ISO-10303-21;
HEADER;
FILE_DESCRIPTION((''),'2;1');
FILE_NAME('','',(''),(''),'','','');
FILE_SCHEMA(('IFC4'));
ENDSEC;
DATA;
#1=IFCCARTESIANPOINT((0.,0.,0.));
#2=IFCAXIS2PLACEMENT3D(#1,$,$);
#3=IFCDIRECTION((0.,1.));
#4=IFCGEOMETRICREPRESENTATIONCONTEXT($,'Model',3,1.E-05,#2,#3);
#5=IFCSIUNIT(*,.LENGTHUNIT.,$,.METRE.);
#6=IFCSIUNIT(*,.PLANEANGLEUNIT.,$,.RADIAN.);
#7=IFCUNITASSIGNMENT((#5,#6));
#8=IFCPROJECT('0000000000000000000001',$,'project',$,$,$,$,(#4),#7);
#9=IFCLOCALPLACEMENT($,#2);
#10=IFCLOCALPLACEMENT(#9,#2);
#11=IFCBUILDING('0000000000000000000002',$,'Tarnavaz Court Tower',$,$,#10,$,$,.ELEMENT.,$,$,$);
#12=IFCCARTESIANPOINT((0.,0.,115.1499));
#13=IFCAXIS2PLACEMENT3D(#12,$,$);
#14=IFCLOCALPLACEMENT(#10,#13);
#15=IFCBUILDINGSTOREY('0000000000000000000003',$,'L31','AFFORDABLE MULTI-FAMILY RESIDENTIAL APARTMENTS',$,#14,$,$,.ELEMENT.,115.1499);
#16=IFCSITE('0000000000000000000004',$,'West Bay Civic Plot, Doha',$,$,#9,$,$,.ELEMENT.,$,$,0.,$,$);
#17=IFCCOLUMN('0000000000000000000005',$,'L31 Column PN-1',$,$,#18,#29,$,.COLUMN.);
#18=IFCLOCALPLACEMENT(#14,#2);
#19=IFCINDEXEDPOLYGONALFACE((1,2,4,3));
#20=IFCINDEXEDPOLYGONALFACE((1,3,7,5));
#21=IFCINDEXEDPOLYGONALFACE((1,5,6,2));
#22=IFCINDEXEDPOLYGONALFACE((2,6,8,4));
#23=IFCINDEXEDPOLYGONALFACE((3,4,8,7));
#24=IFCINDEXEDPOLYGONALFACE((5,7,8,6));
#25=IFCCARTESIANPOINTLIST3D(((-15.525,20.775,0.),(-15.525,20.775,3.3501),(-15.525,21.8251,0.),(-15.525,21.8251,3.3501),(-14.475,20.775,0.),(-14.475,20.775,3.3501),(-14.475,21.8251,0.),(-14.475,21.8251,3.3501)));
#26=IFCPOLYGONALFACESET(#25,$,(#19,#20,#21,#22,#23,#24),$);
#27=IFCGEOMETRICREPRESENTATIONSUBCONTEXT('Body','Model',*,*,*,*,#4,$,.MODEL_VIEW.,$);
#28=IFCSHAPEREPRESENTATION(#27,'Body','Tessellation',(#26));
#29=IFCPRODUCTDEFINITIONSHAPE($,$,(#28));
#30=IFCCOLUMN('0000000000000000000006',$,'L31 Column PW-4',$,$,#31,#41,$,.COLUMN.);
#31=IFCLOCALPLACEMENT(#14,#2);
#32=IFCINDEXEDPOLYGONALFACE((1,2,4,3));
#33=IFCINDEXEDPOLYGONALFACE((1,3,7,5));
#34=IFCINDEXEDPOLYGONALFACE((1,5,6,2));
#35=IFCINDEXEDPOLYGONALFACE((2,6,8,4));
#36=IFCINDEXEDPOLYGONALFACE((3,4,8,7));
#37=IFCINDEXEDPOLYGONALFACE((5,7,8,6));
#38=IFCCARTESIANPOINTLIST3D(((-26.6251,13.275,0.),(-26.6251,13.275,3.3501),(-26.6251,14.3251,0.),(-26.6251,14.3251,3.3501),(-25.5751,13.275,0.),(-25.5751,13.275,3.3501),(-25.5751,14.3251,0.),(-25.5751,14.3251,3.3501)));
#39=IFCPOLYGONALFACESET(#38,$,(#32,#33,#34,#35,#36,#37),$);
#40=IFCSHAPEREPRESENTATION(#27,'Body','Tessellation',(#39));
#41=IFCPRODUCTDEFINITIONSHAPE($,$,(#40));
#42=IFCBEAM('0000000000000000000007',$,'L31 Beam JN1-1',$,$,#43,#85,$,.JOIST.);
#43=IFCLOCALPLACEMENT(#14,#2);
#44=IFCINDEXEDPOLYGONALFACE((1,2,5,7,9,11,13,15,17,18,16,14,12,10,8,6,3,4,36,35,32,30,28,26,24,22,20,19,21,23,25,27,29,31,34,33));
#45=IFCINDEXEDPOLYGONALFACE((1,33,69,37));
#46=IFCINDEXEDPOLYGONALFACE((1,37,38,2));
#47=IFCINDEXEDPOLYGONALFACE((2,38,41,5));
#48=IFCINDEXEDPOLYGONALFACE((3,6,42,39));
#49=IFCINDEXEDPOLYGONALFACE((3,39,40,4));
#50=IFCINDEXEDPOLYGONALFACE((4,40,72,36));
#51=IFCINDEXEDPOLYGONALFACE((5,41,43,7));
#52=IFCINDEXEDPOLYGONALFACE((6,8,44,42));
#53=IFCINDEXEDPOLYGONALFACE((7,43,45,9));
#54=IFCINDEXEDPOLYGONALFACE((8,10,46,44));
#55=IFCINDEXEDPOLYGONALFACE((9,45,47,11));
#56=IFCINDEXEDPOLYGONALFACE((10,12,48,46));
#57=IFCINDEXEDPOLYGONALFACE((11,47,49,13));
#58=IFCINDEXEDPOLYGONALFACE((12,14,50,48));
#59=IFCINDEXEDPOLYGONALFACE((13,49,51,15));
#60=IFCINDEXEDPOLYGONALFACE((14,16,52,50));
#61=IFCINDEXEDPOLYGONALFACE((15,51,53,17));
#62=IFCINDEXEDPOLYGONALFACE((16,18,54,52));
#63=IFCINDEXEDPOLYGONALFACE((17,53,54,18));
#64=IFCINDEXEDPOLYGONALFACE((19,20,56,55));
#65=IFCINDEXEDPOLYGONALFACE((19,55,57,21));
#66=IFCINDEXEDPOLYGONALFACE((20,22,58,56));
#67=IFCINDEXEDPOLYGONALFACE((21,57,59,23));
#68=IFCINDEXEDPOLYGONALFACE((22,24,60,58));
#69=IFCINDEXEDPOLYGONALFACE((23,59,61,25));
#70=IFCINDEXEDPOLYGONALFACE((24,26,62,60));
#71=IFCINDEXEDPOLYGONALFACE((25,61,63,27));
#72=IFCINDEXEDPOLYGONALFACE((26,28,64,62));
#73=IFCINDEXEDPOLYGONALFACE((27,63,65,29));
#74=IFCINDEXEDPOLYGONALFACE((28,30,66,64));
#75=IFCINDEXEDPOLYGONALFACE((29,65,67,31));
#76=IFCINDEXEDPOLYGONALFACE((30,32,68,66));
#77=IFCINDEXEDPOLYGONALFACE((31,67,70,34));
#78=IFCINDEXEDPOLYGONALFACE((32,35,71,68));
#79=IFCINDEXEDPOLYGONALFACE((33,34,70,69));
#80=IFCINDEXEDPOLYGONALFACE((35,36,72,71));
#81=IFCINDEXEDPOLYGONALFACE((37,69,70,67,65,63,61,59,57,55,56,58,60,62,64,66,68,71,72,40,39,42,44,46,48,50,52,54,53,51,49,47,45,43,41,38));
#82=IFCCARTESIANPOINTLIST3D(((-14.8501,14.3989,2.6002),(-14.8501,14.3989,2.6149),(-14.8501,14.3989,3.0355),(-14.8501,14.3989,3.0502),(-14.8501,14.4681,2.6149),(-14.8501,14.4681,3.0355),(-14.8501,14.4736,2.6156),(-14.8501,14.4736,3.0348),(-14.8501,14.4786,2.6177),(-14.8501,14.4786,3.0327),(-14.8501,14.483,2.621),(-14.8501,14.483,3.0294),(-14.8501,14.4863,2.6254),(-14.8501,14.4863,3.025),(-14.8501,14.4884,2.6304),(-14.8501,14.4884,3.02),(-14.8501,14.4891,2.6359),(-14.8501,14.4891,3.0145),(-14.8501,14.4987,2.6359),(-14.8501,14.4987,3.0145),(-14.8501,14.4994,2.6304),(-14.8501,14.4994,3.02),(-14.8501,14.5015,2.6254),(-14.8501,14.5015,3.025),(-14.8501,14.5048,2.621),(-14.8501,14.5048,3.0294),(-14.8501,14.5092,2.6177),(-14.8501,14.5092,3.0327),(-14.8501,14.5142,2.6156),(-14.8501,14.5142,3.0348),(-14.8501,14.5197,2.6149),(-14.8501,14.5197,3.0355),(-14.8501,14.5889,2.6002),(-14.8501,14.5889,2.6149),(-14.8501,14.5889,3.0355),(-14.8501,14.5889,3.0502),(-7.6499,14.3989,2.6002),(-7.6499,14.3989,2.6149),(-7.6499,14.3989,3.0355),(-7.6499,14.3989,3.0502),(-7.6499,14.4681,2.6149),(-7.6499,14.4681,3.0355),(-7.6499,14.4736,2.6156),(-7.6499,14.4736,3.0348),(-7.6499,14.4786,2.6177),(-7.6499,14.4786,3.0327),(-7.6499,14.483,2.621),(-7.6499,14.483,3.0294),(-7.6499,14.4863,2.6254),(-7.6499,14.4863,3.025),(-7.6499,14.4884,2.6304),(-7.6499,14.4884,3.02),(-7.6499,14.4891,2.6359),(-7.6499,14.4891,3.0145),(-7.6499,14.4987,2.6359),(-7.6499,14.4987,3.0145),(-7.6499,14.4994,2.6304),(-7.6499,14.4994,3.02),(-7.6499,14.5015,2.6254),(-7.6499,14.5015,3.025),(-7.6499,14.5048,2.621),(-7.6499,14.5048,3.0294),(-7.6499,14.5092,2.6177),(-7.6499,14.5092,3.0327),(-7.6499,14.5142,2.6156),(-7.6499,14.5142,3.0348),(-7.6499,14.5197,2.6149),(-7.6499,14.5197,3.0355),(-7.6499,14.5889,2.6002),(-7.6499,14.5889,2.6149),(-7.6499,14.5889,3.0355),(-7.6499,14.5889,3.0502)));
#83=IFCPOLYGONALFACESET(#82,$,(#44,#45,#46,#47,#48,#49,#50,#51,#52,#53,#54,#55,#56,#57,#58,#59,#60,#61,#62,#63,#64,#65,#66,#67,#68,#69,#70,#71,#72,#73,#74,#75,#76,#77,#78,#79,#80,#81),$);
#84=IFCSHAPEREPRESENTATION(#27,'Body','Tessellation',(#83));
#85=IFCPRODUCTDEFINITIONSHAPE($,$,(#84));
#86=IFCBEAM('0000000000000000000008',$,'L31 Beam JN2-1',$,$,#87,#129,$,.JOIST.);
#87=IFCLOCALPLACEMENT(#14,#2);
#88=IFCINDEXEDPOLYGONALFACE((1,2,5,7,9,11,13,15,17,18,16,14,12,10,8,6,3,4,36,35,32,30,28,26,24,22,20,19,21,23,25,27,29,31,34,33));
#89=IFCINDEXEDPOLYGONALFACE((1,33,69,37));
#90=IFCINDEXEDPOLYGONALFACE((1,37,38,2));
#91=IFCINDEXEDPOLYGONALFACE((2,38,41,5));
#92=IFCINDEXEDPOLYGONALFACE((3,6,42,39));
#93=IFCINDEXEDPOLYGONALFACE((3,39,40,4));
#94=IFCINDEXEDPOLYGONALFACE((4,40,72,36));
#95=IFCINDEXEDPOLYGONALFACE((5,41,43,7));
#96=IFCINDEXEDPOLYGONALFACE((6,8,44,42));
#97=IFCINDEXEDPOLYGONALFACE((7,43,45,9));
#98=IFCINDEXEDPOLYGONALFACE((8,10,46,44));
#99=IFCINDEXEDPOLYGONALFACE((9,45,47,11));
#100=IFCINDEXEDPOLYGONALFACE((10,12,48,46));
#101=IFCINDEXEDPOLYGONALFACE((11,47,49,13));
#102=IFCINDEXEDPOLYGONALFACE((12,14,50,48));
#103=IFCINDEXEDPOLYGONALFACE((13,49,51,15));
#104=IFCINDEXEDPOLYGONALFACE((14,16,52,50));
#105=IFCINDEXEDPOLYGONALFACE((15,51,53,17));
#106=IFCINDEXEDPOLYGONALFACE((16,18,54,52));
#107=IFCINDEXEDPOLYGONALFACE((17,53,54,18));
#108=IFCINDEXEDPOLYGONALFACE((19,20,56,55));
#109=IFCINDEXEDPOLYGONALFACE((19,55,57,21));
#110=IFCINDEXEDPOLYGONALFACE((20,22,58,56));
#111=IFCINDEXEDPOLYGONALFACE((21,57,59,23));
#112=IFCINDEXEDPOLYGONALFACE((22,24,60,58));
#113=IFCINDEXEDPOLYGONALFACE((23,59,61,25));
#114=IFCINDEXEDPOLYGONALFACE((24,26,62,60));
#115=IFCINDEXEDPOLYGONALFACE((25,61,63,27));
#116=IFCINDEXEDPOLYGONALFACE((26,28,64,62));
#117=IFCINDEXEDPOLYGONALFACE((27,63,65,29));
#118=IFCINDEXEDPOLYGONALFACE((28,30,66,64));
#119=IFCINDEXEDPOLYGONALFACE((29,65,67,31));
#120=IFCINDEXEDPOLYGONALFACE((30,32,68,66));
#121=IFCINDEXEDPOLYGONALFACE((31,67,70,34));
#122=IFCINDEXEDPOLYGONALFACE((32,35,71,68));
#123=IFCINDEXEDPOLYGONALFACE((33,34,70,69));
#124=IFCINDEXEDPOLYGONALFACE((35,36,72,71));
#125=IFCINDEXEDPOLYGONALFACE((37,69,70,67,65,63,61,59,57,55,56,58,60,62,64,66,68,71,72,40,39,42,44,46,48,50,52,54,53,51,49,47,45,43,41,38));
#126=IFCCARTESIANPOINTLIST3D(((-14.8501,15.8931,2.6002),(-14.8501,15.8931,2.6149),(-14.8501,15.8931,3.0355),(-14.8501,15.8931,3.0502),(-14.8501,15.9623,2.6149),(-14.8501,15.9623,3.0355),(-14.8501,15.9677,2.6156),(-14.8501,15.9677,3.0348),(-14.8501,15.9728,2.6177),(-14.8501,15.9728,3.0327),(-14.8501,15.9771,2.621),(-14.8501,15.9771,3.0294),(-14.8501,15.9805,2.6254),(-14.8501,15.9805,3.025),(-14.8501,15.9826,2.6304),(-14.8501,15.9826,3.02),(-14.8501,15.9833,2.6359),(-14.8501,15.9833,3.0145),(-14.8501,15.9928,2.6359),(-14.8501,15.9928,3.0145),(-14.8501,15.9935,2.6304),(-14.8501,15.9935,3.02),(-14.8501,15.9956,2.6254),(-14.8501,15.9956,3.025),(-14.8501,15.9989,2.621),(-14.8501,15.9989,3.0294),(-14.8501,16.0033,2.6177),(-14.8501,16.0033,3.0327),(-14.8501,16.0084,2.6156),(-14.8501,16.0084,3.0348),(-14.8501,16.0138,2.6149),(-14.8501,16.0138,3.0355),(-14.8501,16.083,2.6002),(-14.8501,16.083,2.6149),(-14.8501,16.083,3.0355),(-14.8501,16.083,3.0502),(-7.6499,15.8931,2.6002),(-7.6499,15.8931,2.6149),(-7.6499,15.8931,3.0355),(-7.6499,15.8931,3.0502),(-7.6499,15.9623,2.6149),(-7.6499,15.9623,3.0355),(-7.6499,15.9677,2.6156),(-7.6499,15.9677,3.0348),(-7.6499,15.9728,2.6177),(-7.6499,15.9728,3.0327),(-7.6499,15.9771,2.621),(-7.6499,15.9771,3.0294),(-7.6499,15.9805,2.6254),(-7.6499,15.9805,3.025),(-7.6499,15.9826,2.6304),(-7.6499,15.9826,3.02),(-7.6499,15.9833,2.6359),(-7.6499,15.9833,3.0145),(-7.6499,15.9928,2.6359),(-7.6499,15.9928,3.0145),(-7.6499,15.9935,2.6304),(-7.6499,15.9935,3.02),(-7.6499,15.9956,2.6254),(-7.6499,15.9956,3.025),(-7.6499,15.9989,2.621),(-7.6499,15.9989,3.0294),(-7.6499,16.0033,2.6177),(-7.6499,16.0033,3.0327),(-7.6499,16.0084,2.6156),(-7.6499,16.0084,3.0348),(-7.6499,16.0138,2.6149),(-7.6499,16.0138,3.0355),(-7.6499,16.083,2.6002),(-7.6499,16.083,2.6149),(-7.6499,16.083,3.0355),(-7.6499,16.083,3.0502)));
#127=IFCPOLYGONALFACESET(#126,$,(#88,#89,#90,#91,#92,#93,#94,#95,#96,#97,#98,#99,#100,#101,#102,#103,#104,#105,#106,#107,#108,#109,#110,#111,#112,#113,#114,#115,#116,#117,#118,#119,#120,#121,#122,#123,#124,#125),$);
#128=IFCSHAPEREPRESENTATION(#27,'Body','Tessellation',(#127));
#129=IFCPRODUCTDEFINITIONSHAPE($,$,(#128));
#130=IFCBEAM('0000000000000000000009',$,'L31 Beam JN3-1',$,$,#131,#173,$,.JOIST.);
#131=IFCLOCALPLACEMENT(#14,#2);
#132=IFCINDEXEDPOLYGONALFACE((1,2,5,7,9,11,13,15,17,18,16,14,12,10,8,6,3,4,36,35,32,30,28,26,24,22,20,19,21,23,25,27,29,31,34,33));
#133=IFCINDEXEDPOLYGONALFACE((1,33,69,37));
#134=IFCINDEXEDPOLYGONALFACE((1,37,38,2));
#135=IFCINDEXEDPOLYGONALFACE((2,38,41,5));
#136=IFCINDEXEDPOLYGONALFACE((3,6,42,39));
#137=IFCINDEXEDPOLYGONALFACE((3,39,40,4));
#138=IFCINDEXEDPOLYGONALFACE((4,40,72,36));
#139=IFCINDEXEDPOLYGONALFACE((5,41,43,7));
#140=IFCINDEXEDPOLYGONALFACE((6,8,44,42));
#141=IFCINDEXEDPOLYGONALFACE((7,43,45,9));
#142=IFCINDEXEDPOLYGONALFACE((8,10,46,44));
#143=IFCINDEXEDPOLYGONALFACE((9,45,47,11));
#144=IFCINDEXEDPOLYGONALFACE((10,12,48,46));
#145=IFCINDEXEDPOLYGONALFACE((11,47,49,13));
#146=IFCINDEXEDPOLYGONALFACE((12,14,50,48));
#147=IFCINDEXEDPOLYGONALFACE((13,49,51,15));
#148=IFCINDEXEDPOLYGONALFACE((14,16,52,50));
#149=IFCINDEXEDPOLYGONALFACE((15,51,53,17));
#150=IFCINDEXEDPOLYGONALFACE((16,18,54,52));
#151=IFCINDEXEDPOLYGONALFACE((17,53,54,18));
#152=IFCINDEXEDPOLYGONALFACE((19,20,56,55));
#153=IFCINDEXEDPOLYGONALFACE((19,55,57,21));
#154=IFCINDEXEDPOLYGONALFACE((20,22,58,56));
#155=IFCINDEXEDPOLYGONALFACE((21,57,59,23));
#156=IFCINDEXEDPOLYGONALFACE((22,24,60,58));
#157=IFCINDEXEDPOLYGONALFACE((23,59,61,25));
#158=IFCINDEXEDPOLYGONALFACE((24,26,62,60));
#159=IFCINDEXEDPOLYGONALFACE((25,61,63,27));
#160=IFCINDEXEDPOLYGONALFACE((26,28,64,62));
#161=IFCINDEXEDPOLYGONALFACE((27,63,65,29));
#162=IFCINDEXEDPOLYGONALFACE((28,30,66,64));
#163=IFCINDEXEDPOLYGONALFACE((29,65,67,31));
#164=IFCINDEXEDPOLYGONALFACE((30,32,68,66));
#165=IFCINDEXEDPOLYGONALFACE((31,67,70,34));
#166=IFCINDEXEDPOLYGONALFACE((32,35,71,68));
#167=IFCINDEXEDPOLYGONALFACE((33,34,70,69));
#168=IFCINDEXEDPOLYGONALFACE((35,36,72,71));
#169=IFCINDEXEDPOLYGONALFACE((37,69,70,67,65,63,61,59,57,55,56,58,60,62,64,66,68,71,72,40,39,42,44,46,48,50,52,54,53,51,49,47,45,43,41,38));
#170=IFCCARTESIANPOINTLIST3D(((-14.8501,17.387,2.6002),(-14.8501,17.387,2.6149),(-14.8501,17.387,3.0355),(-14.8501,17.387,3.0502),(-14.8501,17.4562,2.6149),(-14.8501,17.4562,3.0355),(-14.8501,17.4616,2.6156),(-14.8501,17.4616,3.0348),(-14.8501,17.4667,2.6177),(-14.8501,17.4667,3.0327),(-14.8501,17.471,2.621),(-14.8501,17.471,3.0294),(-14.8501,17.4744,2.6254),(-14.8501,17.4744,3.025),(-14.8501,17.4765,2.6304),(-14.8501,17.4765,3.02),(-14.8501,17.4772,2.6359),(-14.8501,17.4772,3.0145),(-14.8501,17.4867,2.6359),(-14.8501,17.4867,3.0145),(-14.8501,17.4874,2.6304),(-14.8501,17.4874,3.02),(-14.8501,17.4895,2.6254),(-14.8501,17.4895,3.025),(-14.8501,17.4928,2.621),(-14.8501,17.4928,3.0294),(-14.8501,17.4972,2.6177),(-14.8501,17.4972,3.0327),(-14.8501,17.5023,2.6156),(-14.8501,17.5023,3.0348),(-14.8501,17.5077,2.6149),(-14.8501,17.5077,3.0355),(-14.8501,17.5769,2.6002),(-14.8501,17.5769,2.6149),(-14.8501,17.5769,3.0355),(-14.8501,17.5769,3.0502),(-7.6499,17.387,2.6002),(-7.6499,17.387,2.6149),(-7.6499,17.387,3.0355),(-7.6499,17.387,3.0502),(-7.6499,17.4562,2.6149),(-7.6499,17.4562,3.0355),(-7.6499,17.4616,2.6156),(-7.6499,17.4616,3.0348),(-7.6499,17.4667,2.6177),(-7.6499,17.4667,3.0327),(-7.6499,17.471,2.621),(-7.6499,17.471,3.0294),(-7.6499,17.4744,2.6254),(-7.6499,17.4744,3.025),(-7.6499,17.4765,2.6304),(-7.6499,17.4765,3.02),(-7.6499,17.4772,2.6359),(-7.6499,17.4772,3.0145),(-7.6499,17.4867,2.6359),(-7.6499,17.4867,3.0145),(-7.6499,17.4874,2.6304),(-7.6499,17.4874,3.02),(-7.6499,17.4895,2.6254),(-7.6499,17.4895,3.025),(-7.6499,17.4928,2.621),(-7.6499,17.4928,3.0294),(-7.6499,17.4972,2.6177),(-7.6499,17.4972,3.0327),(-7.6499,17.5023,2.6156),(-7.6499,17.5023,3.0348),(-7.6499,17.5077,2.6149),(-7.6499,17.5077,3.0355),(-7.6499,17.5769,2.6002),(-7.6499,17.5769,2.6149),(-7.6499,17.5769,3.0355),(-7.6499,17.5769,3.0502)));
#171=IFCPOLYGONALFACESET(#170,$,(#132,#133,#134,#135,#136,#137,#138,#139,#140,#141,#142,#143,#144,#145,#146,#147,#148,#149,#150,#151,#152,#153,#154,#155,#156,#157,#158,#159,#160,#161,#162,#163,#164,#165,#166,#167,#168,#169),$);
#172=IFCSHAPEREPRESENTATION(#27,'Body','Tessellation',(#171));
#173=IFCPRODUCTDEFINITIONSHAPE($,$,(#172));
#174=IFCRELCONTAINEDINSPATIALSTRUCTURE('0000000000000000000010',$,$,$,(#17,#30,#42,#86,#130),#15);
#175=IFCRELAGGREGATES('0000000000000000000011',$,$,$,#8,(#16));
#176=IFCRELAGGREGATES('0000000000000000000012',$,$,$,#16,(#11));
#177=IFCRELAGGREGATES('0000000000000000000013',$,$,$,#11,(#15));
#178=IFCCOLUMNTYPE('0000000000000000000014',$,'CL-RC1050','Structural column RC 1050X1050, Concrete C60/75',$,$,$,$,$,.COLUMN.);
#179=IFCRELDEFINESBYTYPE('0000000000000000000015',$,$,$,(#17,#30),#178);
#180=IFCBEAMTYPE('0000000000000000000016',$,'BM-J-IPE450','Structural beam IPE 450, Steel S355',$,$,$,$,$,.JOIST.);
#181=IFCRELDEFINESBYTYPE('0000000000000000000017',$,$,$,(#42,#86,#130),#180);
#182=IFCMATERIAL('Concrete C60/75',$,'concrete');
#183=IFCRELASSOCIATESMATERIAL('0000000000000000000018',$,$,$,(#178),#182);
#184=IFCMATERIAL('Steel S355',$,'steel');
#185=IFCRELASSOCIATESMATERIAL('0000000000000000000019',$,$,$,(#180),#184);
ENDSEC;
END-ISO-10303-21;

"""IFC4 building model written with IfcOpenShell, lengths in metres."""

from ifc_helpers import new_model, si_unit, direction, frame, origin, origin_2d, place, context, subcontext, project, spatial, rectangle, i_section, extrude, material, material_profile, profile_set, type_object, element, save


model = new_model("IFC4")

# Units and contexts
model_context = context("Model", 3, precision=1e-05, world=origin(), true_north=direction((0.0, 1.0)))
body_context = subcontext(model_context, "Body", "Model", "MODEL_VIEW")
ifc_project = project(units=[si_unit("LENGTHUNIT", "METRE"), si_unit("PLANEANGLEUNIT", "RADIAN")], contexts=[model_context])

# Site, building, storey
site_placement = place(None, origin())
site = spatial("IfcSite", under=ifc_project, at=site_placement, Name="West Bay Civic Plot, Doha", CompositionType="ELEMENT", RefElevation=0.0)
building_placement = place(site_placement, origin())
building = spatial("IfcBuilding", under=site, at=building_placement, Name="Tarnavaz Court Tower", CompositionType="ELEMENT")
storey_placement = place(building_placement, frame((0.0, 0.0, 115.1499)))
storey = spatial("IfcBuildingStorey", under=building, at=storey_placement, Name="L31", Description="AFFORDABLE MULTI-FAMILY RESIDENTIAL APARTMENTS", CompositionType="ELEMENT", Elevation=115.1499)

# Columns
ifc_material_1 = material(Name="Concrete C60/75", Category="concrete")
ifc_material_profile_1 = material_profile(ifc_material_1, rectangle(XDim=1.05, YDim=1.05, at=origin_2d()), Name="RC 1050X1050")
ifc_profile_set_1 = profile_set([ifc_material_profile_1], Name="Concrete C60/75")
column_type = type_object("IfcColumnType", Name="CL-RC1050", Description="Structural column RC 1050X1050, Concrete C60/75", PredefinedType="COLUMN", material=ifc_profile_set_1)
for number, where, z_axis, x_axis, name in (
    (1, (-15.0, 21.3, 0.0), (0.0, 0.0, 1.0), (1.0, 0.0, 0.0), "L31 Column PN-1"),
    (2, (-26.1001, 13.8, 0.0), (0.0, 0.0, 1.0), (1.0, 0.0, 0.0), "L31 Column PW-4"),
):
    element("IfcColumn", number, at=place(storey_placement, frame(where, z_axis=z_axis, x_axis=x_axis)), inside=storey, type_object=column_type, Name=name, PredefinedType="COLUMN", context=body_context, shape_type="SweptSolid", body=[
        extrude(rectangle(XDim=1.05, YDim=1.05, at=origin_2d()), origin(), (0.0, 0.0, 1.0), 3.3501),
    ])

# Beams
ifc_material_2 = material(Name="Steel S355", Category="steel")
ifc_material_profile_2 = material_profile(ifc_material_2, i_section(OverallWidth=0.1899, OverallDepth=0.45, WebThickness=0.0095, FlangeThickness=0.0146, FilletRadius=0.021, at=origin_2d()), Name="IPE 450")
ifc_profile_set_2 = profile_set([ifc_material_profile_2], Name="Steel S355")
beam_type_1 = type_object("IfcBeamType", Name="BM-J-IPE450", Description="Structural beam IPE 450, Steel S355", PredefinedType="JOIST", material=ifc_profile_set_2)
for number, where, z_axis, x_axis, name in (
    (3, (-14.8501, 14.4939, 2.8252), (1.0, 0.0, 0.0), (0.0, 1.0, 0.0), "L31 Beam JN1-1"),
    (4, (-14.8501, 15.988, 2.8252), (1.0, 0.0, 0.0), (0.0, 1.0, 0.0), "L31 Beam JN2-1"),
    (5, (-14.8501, 17.4819, 2.8252), (1.0, 0.0, 0.0), (0.0, 1.0, 0.0), "L31 Beam JN3-1"),
):
    element("IfcBeam", number, at=place(storey_placement, frame(where, z_axis=z_axis, x_axis=x_axis)), inside=storey, type_object=beam_type_1, Name=name, PredefinedType="JOIST", context=body_context, shape_type="SweptSolid", body=[
        extrude(i_section(OverallWidth=0.1899, OverallDepth=0.45, WebThickness=0.0095, FlangeThickness=0.0146, FilletRadius=0.021, at=origin_2d()), origin(), (0.0, 0.0, 1.0), 7.2002),
    ])

save(model, "model.ifc")
